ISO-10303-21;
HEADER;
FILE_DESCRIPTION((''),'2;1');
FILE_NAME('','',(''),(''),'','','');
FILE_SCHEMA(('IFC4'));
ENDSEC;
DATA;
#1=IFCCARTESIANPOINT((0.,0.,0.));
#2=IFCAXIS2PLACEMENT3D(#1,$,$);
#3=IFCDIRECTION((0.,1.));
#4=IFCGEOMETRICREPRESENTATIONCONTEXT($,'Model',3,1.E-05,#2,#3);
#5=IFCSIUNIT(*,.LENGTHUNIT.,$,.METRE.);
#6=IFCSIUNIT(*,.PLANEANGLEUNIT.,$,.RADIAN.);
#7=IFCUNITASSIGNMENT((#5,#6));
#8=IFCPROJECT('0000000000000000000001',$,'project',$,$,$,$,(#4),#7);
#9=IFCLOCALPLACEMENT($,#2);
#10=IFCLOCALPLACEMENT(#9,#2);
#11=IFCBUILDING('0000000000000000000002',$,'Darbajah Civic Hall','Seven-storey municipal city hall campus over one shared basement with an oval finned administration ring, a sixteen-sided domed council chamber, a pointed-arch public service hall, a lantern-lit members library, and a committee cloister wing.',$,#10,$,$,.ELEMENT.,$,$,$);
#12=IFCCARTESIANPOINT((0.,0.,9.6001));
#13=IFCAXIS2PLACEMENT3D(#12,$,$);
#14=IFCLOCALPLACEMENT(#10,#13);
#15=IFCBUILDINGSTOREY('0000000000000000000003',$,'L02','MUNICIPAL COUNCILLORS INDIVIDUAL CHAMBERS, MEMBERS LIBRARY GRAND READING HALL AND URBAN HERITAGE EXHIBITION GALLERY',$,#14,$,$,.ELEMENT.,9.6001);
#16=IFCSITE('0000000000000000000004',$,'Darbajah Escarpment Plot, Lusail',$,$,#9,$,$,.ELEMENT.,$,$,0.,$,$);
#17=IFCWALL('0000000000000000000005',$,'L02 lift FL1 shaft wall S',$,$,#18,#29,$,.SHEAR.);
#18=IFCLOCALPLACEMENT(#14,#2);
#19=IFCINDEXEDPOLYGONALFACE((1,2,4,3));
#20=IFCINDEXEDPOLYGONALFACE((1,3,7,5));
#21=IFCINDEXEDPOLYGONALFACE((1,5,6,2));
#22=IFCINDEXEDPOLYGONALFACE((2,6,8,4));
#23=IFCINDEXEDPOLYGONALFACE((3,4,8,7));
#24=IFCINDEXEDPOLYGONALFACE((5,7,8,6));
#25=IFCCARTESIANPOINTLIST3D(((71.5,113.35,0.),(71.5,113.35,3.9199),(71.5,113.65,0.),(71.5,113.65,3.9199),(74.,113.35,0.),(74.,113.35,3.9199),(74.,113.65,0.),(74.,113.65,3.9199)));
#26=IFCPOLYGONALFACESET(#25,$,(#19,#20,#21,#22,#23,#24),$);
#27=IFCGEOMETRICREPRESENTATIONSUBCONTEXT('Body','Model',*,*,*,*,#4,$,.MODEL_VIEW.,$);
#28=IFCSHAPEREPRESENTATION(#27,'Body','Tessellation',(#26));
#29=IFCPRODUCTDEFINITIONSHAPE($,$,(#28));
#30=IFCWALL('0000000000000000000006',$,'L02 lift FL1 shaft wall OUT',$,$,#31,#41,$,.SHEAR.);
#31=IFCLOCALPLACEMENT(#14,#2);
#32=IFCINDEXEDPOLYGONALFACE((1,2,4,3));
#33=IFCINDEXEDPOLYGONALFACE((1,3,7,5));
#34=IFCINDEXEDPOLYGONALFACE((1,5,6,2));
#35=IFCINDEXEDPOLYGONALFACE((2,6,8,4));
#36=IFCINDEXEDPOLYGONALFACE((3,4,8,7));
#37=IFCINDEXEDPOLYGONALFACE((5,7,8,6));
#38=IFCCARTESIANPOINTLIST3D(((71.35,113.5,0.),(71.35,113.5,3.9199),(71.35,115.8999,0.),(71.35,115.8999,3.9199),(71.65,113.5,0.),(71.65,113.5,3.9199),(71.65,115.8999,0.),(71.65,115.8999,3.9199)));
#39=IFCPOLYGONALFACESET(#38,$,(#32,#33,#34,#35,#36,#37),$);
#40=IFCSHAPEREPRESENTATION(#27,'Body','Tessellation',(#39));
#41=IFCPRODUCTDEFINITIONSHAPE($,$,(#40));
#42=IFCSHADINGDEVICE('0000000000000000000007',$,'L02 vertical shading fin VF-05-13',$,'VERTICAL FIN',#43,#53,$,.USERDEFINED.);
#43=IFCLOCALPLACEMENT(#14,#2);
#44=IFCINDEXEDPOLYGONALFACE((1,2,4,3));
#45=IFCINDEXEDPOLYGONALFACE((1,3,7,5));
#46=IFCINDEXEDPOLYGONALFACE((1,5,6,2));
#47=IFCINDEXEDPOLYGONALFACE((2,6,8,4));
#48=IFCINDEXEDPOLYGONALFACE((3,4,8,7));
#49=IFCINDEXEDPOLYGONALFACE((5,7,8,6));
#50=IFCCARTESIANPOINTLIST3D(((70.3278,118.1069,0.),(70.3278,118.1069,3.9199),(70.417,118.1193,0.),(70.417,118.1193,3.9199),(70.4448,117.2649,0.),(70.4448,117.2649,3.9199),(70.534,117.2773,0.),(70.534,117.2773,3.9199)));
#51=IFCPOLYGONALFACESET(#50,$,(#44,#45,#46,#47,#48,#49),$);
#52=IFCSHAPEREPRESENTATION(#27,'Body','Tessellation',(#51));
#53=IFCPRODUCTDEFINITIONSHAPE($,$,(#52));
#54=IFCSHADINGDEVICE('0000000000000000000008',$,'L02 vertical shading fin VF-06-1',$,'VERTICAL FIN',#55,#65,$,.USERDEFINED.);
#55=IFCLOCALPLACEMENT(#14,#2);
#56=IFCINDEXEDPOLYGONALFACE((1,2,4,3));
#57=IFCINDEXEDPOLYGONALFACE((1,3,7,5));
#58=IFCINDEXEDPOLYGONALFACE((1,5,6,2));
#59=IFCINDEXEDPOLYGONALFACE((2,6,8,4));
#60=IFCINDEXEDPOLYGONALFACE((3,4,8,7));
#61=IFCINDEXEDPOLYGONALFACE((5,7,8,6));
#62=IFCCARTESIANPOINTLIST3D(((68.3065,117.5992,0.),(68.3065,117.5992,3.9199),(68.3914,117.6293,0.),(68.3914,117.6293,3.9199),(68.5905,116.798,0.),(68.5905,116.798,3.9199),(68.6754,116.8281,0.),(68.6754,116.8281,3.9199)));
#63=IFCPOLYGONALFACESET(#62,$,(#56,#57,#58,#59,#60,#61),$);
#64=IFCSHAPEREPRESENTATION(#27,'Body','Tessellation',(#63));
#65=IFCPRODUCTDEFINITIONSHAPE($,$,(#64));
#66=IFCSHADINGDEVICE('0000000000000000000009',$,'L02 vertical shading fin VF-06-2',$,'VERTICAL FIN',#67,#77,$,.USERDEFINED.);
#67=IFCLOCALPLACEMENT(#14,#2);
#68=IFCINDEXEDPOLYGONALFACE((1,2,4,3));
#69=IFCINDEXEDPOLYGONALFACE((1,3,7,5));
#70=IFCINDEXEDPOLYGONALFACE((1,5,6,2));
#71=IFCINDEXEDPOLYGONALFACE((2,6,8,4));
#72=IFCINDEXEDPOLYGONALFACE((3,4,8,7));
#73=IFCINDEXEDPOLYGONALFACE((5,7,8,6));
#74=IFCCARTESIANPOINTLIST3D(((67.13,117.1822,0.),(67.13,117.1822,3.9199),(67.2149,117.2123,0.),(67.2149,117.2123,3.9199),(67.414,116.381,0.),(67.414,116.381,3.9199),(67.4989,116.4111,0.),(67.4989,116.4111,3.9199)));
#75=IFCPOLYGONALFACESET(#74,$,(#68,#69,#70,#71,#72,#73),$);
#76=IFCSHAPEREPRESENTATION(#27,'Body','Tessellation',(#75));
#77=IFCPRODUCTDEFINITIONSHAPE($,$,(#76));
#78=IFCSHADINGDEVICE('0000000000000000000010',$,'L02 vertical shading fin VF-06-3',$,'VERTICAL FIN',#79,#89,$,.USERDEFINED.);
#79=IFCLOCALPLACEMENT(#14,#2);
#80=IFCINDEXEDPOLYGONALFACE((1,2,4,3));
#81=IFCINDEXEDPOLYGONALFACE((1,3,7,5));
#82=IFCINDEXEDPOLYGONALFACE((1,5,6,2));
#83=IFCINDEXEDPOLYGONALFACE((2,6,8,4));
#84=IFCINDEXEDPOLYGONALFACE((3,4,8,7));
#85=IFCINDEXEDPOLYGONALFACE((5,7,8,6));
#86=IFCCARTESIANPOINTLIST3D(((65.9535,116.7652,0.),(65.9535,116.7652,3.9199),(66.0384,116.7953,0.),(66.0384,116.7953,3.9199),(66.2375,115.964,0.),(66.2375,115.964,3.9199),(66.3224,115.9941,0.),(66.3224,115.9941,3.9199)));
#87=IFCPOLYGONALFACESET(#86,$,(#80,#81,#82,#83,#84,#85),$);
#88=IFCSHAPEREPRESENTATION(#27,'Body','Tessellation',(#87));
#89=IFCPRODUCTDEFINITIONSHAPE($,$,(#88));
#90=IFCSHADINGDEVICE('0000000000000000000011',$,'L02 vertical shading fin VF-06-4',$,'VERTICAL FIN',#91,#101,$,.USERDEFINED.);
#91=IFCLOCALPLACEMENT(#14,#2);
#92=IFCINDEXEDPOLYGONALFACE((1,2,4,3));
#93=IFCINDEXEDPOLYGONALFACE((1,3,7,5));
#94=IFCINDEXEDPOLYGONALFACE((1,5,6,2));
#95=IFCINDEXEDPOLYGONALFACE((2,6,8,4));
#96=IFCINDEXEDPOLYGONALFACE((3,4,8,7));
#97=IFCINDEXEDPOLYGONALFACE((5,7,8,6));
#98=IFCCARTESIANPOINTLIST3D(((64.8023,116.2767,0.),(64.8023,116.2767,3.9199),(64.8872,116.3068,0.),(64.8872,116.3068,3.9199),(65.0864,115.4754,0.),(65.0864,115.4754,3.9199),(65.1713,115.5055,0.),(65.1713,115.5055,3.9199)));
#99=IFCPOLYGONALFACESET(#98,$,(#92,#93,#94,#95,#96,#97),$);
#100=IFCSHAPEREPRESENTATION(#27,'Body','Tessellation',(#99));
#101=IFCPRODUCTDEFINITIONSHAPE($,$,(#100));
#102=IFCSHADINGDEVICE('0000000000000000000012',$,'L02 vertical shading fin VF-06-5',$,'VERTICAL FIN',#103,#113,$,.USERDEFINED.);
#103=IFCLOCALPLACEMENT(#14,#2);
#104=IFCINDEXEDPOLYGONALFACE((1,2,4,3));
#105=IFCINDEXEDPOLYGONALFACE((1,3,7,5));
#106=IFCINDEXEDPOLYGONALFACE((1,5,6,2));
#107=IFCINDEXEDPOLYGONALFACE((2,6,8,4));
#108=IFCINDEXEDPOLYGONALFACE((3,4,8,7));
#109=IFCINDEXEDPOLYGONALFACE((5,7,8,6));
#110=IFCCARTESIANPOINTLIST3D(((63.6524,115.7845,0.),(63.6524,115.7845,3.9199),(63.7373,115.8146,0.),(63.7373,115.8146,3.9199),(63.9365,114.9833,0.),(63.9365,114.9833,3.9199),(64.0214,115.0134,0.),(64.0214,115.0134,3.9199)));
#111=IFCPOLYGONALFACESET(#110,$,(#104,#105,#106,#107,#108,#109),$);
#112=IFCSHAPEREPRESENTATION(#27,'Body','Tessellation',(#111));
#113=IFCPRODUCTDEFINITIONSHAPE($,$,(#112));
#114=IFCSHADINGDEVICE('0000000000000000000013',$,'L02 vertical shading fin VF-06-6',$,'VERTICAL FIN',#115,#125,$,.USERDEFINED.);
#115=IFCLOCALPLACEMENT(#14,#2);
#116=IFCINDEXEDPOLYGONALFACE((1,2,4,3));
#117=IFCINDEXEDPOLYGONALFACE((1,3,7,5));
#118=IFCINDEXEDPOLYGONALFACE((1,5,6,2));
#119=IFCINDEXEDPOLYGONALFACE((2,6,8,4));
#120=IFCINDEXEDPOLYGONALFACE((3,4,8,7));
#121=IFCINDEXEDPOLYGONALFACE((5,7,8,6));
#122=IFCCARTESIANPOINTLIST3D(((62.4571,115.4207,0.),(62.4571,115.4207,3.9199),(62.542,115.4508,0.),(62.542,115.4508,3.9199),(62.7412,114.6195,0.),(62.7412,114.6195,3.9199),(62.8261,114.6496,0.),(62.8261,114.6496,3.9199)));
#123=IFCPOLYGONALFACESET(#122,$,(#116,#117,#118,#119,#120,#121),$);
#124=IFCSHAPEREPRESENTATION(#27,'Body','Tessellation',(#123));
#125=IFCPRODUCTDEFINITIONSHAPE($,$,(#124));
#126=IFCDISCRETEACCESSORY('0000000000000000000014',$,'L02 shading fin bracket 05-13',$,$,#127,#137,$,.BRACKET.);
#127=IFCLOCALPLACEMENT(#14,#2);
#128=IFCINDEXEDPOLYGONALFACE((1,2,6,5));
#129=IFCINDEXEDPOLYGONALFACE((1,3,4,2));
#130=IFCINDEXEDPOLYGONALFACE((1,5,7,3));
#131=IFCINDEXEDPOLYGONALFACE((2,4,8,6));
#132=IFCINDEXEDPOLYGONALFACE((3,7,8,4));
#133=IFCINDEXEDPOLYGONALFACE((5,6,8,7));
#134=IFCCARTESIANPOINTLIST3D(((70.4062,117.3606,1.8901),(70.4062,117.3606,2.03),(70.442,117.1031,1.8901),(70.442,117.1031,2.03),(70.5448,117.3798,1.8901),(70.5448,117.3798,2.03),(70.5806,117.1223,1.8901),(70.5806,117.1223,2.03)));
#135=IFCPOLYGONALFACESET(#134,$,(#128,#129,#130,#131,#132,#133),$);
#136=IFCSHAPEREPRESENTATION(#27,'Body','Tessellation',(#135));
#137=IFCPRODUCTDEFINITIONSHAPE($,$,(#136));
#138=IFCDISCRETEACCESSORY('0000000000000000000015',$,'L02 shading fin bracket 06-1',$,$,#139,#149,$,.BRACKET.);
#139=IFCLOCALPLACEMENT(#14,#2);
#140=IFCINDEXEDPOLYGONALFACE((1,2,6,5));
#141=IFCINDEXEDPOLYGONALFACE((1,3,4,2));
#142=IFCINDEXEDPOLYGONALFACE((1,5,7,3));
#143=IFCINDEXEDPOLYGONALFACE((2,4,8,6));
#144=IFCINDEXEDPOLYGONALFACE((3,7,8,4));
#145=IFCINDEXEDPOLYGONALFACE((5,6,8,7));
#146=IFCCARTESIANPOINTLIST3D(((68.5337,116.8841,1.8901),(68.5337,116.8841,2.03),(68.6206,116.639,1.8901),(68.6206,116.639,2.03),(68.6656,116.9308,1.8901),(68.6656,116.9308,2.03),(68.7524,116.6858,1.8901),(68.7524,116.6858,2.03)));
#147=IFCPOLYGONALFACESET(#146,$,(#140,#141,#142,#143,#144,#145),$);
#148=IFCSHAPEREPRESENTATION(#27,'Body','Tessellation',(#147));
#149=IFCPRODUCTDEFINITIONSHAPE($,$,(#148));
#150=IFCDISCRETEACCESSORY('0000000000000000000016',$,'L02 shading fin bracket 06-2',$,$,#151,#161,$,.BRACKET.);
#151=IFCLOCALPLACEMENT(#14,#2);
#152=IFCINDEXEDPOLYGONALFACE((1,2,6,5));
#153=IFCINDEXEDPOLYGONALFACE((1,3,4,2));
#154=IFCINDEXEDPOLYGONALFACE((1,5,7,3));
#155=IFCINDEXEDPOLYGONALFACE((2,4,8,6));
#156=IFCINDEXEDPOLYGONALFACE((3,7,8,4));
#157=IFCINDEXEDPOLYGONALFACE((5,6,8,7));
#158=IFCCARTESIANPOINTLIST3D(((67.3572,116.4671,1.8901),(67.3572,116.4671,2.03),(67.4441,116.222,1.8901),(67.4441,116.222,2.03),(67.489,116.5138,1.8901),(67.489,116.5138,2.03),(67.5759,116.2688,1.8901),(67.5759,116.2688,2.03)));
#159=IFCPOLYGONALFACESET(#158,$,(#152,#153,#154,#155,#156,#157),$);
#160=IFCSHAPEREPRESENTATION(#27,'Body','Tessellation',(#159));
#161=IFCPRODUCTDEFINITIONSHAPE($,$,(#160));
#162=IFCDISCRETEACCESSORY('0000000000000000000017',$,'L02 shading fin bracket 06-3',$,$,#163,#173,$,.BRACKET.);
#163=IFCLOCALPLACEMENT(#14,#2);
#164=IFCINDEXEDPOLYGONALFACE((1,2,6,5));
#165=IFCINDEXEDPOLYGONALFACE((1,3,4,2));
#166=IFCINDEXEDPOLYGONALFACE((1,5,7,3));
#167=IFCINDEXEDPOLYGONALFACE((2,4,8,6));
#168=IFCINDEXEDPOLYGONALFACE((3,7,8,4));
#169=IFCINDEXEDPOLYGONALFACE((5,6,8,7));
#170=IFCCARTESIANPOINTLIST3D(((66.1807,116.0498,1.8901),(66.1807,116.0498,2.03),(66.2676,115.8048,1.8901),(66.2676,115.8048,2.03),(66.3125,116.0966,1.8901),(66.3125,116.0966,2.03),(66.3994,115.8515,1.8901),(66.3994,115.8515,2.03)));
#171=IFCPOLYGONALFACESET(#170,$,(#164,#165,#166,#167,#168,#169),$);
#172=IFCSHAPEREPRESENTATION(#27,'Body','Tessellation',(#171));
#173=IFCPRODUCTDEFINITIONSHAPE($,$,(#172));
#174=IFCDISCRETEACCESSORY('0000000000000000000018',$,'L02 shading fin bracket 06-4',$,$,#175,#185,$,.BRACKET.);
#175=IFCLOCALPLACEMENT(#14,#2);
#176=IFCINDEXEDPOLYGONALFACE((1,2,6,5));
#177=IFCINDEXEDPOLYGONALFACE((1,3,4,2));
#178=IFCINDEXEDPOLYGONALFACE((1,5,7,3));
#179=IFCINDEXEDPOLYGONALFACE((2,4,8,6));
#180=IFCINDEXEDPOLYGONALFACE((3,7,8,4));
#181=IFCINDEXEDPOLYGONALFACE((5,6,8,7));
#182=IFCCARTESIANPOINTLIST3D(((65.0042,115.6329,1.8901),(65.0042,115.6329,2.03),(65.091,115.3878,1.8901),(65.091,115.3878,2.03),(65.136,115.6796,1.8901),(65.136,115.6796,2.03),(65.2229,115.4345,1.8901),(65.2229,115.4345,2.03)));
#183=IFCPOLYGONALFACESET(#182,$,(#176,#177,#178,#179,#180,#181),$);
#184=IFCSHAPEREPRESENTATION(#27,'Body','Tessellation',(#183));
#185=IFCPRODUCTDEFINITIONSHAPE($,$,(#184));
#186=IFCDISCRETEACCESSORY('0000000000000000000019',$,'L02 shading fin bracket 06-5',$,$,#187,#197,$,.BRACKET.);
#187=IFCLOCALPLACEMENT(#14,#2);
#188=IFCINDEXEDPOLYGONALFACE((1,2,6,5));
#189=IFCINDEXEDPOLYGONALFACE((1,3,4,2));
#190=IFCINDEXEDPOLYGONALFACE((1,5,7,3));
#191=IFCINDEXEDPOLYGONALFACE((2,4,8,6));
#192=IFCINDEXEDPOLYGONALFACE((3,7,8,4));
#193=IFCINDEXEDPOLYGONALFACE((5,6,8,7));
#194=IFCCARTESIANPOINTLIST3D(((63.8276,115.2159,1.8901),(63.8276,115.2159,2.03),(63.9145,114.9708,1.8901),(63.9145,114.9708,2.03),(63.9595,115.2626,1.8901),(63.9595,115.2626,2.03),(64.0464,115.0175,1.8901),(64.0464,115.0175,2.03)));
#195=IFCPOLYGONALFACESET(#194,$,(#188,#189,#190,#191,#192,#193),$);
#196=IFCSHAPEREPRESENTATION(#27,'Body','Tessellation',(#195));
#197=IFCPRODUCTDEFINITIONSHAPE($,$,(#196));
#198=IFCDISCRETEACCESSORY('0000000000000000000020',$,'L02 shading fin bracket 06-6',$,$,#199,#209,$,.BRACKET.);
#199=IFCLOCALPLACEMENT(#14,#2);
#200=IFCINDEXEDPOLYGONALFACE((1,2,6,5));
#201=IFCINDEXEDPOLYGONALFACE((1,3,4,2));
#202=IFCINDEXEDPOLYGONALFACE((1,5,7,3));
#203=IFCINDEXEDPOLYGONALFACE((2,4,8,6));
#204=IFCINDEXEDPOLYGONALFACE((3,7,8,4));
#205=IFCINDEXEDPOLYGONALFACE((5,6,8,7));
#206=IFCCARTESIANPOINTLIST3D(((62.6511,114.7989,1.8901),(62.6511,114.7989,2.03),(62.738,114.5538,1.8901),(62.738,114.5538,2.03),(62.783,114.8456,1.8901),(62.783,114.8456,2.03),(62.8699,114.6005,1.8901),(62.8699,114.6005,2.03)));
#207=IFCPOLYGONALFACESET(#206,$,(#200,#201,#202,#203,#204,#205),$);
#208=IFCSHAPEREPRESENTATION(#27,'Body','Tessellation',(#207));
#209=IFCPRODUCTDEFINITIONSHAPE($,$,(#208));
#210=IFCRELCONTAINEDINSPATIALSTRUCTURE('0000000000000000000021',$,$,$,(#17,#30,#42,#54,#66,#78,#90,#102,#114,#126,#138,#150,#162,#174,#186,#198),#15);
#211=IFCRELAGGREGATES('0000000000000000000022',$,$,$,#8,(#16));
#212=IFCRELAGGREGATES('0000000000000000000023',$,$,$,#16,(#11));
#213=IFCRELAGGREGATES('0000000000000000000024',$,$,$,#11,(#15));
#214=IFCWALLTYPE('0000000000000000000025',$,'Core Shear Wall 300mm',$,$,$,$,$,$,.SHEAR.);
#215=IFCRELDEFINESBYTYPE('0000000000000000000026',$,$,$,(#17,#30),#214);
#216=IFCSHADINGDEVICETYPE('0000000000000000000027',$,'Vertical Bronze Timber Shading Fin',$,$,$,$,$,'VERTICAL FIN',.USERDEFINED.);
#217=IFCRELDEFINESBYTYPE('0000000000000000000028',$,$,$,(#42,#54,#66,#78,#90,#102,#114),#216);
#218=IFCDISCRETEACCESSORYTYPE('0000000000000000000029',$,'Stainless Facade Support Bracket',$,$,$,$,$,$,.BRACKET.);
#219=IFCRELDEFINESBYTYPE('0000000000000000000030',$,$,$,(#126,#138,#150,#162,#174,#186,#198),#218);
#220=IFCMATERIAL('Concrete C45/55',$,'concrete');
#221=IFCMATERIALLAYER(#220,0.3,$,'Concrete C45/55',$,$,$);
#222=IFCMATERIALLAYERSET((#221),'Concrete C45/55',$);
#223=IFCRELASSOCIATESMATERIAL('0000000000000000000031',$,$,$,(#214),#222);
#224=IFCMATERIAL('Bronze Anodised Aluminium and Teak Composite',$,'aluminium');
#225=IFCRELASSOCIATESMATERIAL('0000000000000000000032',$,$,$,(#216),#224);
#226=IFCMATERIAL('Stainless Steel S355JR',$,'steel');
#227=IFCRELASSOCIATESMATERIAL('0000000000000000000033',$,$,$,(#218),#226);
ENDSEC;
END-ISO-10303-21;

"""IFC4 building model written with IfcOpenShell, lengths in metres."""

from ifc_helpers import new_model, si_unit, direction, frame, frame_2d, origin, origin_2d, place, context, subcontext, project, spatial, rectangle, extrude, material, layer, layer_set, type_object, element, save


model = new_model("IFC4")

# Units and contexts
model_context = context("Model", 3, precision=1e-05, world=origin(), true_north=direction((0.0, 1.0)))
body_context = subcontext(model_context, "Body", "Model", "MODEL_VIEW")
ifc_project = project(units=[si_unit("LENGTHUNIT", "METRE"), si_unit("PLANEANGLEUNIT", "RADIAN")], contexts=[model_context])

# Site, building, storey
site_placement = place(None, origin())
site = spatial("IfcSite", under=ifc_project, at=site_placement, Name="Darbajah Escarpment Plot, Lusail", CompositionType="ELEMENT", RefElevation=0.0)
building_placement = place(site_placement, origin())
building = spatial("IfcBuilding", under=site, at=building_placement, Name="Darbajah Civic Hall", Description="Seven-storey municipal city hall campus over one shared basement with an oval finned administration ring, a sixteen-sided domed council chamber, a pointed-arch public service hall, a lantern-lit members library, and a committee cloister wing.", CompositionType="ELEMENT")
storey_placement = place(building_placement, frame((0.0, 0.0, 9.6001)))
storey = spatial("IfcBuildingStorey", under=building, at=storey_placement, Name="L02", Description="MUNICIPAL COUNCILLORS INDIVIDUAL CHAMBERS, MEMBERS LIBRARY GRAND READING HALL AND URBAN HERITAGE EXHIBITION GALLERY", CompositionType="ELEMENT", Elevation=9.6001)

# Shared definitions
ifc_material_1 = material(Name="Concrete C45/55", Category="concrete")

# Walls
ifc_layer_1 = layer(ifc_material_1, 0.3, Name="Concrete C45/55")
ifc_layer_set_1 = layer_set([ifc_layer_1], Name="Concrete C45/55")
wall_type = type_object("IfcWallType", Name="Core Shear Wall 300mm", PredefinedType="SHEAR", material=ifc_layer_set_1)
wall_1_placement = place(storey_placement, frame((71.5, 113.5, 0.0), z_axis=(0.0, 0.0, 1.0), x_axis=(1.0, 0.0, 0.0)))
element("IfcWall", 1, at=wall_1_placement, inside=storey, type_object=wall_type, Name="L02 lift FL1 shaft wall S", PredefinedType="SHEAR", context=body_context, shape_type="SweptSolid", body=[
    extrude(rectangle(XDim=2.5, YDim=0.3, at=frame_2d((1.25, 0.0))), origin(), (0.0, 0.0, 1.0), 3.9199),
])
wall_2_placement = place(storey_placement, frame((71.5, 115.8999, 0.0), z_axis=(0.0, 0.0, 1.0), x_axis=(0.0, -1.0, 0.0)))
element("IfcWall", 2, at=wall_2_placement, inside=storey, type_object=wall_type, Name="L02 lift FL1 shaft wall OUT", PredefinedType="SHEAR", context=body_context, shape_type="SweptSolid", body=[
    extrude(rectangle(XDim=2.3999, YDim=0.3, at=frame_2d((1.2, 0.0))), origin(), (0.0, 0.0, 1.0), 3.9199),
])

# Shading devices
ifc_material_2 = material(Name="Bronze Anodised Aluminium and Teak Composite", Category="aluminium")
shading_device_type = type_object("IfcShadingDeviceType", Name="Vertical Bronze Timber Shading Fin", ElementType="VERTICAL FIN", PredefinedType="USERDEFINED", material=ifc_material_2)
for number, where, z_axis, x_axis, name in (
    (3, (70.4309, 117.6921, 0.0), (0.0, 0.0, 1.0), (-0.137617, 0.990485, 0.0), "L02 vertical shading fin VF-05-13"),
    (4, (68.491, 117.2136, 0.0), (0.0, 0.0, 1.0), (-0.334136, 0.942525, 0.0), "L02 vertical shading fin VF-06-1"),
    (5, (67.3145, 116.7966, 0.0), (0.0, 0.0, 1.0), (-0.334136, 0.942525, 0.0), "L02 vertical shading fin VF-06-2"),
    (6, (66.1379, 116.3796, 0.0), (0.0, 0.0, 1.0), (-0.334136, 0.942525, 0.0), "L02 vertical shading fin VF-06-3"),
    (7, (64.9868, 115.8911, 0.0), (0.0, 0.0, 1.0), (-0.334136, 0.942525, 0.0), "L02 vertical shading fin VF-06-4"),
    (8, (63.8369, 115.3989, 0.0), (0.0, 0.0, 1.0), (-0.334136, 0.942525, 0.0), "L02 vertical shading fin VF-06-5"),
    (9, (62.6416, 115.0352, 0.0), (0.0, 0.0, 1.0), (-0.334136, 0.942525, 0.0), "L02 vertical shading fin VF-06-6"),
):
    element("IfcShadingDevice", number, at=place(storey_placement, frame(where, z_axis=z_axis, x_axis=x_axis)), inside=storey, type_object=shading_device_type, Name=name, ObjectType="VERTICAL FIN", PredefinedType="USERDEFINED", context=body_context, shape_type="SweptSolid", body=[
        extrude(rectangle(XDim=0.8501, YDim=0.0901, at=origin_2d()), origin(), (0.0, 0.0, 1.0), 3.9199),
    ])

# Discrete accessories
ifc_material_3 = material(Name="Stainless Steel S355JR", Category="steel")
discrete_accessory_type = type_object("IfcDiscreteAccessoryType", Name="Stainless Facade Support Bracket", PredefinedType="BRACKET", material=ifc_material_3)
for number, where, z_axis, x_axis, name in (
    (10, (70.4934, 117.2415, 1.8901), (0.0, 0.0, 1.0), (-0.137617, 0.990485, 0.0), "L02 shading fin bracket 05-13"),
    (11, (68.6431, 116.7849, 1.8901), (0.0, 0.0, 1.0), (-0.334136, 0.942525, 0.0), "L02 shading fin bracket 06-1"),
    (12, (67.4666, 116.3679, 1.8901), (0.0, 0.0, 1.0), (-0.334136, 0.942525, 0.0), "L02 shading fin bracket 06-2"),
    (13, (66.29, 115.9507, 1.8901), (0.0, 0.0, 1.0), (-0.334136, 0.942525, 0.0), "L02 shading fin bracket 06-3"),
    (14, (65.1135, 115.5337, 1.8901), (0.0, 0.0, 1.0), (-0.334136, 0.942525, 0.0), "L02 shading fin bracket 06-4"),
    (15, (63.937, 115.1167, 1.8901), (0.0, 0.0, 1.0), (-0.334136, 0.942525, 0.0), "L02 shading fin bracket 06-5"),
    (16, (62.7605, 114.6997, 1.8901), (0.0, 0.0, 1.0), (-0.334136, 0.942525, 0.0), "L02 shading fin bracket 06-6"),
):
    element("IfcDiscreteAccessory", number, at=place(storey_placement, frame(where, z_axis=z_axis, x_axis=x_axis)), inside=storey, type_object=discrete_accessory_type, Name=name, PredefinedType="BRACKET", context=body_context, shape_type="SweptSolid", body=[
        extrude(rectangle(XDim=0.26, YDim=0.1399, at=origin_2d()), origin(), (0.0, 0.0, 1.0), 0.1399),
    ])

save(model, "model.ifc")
